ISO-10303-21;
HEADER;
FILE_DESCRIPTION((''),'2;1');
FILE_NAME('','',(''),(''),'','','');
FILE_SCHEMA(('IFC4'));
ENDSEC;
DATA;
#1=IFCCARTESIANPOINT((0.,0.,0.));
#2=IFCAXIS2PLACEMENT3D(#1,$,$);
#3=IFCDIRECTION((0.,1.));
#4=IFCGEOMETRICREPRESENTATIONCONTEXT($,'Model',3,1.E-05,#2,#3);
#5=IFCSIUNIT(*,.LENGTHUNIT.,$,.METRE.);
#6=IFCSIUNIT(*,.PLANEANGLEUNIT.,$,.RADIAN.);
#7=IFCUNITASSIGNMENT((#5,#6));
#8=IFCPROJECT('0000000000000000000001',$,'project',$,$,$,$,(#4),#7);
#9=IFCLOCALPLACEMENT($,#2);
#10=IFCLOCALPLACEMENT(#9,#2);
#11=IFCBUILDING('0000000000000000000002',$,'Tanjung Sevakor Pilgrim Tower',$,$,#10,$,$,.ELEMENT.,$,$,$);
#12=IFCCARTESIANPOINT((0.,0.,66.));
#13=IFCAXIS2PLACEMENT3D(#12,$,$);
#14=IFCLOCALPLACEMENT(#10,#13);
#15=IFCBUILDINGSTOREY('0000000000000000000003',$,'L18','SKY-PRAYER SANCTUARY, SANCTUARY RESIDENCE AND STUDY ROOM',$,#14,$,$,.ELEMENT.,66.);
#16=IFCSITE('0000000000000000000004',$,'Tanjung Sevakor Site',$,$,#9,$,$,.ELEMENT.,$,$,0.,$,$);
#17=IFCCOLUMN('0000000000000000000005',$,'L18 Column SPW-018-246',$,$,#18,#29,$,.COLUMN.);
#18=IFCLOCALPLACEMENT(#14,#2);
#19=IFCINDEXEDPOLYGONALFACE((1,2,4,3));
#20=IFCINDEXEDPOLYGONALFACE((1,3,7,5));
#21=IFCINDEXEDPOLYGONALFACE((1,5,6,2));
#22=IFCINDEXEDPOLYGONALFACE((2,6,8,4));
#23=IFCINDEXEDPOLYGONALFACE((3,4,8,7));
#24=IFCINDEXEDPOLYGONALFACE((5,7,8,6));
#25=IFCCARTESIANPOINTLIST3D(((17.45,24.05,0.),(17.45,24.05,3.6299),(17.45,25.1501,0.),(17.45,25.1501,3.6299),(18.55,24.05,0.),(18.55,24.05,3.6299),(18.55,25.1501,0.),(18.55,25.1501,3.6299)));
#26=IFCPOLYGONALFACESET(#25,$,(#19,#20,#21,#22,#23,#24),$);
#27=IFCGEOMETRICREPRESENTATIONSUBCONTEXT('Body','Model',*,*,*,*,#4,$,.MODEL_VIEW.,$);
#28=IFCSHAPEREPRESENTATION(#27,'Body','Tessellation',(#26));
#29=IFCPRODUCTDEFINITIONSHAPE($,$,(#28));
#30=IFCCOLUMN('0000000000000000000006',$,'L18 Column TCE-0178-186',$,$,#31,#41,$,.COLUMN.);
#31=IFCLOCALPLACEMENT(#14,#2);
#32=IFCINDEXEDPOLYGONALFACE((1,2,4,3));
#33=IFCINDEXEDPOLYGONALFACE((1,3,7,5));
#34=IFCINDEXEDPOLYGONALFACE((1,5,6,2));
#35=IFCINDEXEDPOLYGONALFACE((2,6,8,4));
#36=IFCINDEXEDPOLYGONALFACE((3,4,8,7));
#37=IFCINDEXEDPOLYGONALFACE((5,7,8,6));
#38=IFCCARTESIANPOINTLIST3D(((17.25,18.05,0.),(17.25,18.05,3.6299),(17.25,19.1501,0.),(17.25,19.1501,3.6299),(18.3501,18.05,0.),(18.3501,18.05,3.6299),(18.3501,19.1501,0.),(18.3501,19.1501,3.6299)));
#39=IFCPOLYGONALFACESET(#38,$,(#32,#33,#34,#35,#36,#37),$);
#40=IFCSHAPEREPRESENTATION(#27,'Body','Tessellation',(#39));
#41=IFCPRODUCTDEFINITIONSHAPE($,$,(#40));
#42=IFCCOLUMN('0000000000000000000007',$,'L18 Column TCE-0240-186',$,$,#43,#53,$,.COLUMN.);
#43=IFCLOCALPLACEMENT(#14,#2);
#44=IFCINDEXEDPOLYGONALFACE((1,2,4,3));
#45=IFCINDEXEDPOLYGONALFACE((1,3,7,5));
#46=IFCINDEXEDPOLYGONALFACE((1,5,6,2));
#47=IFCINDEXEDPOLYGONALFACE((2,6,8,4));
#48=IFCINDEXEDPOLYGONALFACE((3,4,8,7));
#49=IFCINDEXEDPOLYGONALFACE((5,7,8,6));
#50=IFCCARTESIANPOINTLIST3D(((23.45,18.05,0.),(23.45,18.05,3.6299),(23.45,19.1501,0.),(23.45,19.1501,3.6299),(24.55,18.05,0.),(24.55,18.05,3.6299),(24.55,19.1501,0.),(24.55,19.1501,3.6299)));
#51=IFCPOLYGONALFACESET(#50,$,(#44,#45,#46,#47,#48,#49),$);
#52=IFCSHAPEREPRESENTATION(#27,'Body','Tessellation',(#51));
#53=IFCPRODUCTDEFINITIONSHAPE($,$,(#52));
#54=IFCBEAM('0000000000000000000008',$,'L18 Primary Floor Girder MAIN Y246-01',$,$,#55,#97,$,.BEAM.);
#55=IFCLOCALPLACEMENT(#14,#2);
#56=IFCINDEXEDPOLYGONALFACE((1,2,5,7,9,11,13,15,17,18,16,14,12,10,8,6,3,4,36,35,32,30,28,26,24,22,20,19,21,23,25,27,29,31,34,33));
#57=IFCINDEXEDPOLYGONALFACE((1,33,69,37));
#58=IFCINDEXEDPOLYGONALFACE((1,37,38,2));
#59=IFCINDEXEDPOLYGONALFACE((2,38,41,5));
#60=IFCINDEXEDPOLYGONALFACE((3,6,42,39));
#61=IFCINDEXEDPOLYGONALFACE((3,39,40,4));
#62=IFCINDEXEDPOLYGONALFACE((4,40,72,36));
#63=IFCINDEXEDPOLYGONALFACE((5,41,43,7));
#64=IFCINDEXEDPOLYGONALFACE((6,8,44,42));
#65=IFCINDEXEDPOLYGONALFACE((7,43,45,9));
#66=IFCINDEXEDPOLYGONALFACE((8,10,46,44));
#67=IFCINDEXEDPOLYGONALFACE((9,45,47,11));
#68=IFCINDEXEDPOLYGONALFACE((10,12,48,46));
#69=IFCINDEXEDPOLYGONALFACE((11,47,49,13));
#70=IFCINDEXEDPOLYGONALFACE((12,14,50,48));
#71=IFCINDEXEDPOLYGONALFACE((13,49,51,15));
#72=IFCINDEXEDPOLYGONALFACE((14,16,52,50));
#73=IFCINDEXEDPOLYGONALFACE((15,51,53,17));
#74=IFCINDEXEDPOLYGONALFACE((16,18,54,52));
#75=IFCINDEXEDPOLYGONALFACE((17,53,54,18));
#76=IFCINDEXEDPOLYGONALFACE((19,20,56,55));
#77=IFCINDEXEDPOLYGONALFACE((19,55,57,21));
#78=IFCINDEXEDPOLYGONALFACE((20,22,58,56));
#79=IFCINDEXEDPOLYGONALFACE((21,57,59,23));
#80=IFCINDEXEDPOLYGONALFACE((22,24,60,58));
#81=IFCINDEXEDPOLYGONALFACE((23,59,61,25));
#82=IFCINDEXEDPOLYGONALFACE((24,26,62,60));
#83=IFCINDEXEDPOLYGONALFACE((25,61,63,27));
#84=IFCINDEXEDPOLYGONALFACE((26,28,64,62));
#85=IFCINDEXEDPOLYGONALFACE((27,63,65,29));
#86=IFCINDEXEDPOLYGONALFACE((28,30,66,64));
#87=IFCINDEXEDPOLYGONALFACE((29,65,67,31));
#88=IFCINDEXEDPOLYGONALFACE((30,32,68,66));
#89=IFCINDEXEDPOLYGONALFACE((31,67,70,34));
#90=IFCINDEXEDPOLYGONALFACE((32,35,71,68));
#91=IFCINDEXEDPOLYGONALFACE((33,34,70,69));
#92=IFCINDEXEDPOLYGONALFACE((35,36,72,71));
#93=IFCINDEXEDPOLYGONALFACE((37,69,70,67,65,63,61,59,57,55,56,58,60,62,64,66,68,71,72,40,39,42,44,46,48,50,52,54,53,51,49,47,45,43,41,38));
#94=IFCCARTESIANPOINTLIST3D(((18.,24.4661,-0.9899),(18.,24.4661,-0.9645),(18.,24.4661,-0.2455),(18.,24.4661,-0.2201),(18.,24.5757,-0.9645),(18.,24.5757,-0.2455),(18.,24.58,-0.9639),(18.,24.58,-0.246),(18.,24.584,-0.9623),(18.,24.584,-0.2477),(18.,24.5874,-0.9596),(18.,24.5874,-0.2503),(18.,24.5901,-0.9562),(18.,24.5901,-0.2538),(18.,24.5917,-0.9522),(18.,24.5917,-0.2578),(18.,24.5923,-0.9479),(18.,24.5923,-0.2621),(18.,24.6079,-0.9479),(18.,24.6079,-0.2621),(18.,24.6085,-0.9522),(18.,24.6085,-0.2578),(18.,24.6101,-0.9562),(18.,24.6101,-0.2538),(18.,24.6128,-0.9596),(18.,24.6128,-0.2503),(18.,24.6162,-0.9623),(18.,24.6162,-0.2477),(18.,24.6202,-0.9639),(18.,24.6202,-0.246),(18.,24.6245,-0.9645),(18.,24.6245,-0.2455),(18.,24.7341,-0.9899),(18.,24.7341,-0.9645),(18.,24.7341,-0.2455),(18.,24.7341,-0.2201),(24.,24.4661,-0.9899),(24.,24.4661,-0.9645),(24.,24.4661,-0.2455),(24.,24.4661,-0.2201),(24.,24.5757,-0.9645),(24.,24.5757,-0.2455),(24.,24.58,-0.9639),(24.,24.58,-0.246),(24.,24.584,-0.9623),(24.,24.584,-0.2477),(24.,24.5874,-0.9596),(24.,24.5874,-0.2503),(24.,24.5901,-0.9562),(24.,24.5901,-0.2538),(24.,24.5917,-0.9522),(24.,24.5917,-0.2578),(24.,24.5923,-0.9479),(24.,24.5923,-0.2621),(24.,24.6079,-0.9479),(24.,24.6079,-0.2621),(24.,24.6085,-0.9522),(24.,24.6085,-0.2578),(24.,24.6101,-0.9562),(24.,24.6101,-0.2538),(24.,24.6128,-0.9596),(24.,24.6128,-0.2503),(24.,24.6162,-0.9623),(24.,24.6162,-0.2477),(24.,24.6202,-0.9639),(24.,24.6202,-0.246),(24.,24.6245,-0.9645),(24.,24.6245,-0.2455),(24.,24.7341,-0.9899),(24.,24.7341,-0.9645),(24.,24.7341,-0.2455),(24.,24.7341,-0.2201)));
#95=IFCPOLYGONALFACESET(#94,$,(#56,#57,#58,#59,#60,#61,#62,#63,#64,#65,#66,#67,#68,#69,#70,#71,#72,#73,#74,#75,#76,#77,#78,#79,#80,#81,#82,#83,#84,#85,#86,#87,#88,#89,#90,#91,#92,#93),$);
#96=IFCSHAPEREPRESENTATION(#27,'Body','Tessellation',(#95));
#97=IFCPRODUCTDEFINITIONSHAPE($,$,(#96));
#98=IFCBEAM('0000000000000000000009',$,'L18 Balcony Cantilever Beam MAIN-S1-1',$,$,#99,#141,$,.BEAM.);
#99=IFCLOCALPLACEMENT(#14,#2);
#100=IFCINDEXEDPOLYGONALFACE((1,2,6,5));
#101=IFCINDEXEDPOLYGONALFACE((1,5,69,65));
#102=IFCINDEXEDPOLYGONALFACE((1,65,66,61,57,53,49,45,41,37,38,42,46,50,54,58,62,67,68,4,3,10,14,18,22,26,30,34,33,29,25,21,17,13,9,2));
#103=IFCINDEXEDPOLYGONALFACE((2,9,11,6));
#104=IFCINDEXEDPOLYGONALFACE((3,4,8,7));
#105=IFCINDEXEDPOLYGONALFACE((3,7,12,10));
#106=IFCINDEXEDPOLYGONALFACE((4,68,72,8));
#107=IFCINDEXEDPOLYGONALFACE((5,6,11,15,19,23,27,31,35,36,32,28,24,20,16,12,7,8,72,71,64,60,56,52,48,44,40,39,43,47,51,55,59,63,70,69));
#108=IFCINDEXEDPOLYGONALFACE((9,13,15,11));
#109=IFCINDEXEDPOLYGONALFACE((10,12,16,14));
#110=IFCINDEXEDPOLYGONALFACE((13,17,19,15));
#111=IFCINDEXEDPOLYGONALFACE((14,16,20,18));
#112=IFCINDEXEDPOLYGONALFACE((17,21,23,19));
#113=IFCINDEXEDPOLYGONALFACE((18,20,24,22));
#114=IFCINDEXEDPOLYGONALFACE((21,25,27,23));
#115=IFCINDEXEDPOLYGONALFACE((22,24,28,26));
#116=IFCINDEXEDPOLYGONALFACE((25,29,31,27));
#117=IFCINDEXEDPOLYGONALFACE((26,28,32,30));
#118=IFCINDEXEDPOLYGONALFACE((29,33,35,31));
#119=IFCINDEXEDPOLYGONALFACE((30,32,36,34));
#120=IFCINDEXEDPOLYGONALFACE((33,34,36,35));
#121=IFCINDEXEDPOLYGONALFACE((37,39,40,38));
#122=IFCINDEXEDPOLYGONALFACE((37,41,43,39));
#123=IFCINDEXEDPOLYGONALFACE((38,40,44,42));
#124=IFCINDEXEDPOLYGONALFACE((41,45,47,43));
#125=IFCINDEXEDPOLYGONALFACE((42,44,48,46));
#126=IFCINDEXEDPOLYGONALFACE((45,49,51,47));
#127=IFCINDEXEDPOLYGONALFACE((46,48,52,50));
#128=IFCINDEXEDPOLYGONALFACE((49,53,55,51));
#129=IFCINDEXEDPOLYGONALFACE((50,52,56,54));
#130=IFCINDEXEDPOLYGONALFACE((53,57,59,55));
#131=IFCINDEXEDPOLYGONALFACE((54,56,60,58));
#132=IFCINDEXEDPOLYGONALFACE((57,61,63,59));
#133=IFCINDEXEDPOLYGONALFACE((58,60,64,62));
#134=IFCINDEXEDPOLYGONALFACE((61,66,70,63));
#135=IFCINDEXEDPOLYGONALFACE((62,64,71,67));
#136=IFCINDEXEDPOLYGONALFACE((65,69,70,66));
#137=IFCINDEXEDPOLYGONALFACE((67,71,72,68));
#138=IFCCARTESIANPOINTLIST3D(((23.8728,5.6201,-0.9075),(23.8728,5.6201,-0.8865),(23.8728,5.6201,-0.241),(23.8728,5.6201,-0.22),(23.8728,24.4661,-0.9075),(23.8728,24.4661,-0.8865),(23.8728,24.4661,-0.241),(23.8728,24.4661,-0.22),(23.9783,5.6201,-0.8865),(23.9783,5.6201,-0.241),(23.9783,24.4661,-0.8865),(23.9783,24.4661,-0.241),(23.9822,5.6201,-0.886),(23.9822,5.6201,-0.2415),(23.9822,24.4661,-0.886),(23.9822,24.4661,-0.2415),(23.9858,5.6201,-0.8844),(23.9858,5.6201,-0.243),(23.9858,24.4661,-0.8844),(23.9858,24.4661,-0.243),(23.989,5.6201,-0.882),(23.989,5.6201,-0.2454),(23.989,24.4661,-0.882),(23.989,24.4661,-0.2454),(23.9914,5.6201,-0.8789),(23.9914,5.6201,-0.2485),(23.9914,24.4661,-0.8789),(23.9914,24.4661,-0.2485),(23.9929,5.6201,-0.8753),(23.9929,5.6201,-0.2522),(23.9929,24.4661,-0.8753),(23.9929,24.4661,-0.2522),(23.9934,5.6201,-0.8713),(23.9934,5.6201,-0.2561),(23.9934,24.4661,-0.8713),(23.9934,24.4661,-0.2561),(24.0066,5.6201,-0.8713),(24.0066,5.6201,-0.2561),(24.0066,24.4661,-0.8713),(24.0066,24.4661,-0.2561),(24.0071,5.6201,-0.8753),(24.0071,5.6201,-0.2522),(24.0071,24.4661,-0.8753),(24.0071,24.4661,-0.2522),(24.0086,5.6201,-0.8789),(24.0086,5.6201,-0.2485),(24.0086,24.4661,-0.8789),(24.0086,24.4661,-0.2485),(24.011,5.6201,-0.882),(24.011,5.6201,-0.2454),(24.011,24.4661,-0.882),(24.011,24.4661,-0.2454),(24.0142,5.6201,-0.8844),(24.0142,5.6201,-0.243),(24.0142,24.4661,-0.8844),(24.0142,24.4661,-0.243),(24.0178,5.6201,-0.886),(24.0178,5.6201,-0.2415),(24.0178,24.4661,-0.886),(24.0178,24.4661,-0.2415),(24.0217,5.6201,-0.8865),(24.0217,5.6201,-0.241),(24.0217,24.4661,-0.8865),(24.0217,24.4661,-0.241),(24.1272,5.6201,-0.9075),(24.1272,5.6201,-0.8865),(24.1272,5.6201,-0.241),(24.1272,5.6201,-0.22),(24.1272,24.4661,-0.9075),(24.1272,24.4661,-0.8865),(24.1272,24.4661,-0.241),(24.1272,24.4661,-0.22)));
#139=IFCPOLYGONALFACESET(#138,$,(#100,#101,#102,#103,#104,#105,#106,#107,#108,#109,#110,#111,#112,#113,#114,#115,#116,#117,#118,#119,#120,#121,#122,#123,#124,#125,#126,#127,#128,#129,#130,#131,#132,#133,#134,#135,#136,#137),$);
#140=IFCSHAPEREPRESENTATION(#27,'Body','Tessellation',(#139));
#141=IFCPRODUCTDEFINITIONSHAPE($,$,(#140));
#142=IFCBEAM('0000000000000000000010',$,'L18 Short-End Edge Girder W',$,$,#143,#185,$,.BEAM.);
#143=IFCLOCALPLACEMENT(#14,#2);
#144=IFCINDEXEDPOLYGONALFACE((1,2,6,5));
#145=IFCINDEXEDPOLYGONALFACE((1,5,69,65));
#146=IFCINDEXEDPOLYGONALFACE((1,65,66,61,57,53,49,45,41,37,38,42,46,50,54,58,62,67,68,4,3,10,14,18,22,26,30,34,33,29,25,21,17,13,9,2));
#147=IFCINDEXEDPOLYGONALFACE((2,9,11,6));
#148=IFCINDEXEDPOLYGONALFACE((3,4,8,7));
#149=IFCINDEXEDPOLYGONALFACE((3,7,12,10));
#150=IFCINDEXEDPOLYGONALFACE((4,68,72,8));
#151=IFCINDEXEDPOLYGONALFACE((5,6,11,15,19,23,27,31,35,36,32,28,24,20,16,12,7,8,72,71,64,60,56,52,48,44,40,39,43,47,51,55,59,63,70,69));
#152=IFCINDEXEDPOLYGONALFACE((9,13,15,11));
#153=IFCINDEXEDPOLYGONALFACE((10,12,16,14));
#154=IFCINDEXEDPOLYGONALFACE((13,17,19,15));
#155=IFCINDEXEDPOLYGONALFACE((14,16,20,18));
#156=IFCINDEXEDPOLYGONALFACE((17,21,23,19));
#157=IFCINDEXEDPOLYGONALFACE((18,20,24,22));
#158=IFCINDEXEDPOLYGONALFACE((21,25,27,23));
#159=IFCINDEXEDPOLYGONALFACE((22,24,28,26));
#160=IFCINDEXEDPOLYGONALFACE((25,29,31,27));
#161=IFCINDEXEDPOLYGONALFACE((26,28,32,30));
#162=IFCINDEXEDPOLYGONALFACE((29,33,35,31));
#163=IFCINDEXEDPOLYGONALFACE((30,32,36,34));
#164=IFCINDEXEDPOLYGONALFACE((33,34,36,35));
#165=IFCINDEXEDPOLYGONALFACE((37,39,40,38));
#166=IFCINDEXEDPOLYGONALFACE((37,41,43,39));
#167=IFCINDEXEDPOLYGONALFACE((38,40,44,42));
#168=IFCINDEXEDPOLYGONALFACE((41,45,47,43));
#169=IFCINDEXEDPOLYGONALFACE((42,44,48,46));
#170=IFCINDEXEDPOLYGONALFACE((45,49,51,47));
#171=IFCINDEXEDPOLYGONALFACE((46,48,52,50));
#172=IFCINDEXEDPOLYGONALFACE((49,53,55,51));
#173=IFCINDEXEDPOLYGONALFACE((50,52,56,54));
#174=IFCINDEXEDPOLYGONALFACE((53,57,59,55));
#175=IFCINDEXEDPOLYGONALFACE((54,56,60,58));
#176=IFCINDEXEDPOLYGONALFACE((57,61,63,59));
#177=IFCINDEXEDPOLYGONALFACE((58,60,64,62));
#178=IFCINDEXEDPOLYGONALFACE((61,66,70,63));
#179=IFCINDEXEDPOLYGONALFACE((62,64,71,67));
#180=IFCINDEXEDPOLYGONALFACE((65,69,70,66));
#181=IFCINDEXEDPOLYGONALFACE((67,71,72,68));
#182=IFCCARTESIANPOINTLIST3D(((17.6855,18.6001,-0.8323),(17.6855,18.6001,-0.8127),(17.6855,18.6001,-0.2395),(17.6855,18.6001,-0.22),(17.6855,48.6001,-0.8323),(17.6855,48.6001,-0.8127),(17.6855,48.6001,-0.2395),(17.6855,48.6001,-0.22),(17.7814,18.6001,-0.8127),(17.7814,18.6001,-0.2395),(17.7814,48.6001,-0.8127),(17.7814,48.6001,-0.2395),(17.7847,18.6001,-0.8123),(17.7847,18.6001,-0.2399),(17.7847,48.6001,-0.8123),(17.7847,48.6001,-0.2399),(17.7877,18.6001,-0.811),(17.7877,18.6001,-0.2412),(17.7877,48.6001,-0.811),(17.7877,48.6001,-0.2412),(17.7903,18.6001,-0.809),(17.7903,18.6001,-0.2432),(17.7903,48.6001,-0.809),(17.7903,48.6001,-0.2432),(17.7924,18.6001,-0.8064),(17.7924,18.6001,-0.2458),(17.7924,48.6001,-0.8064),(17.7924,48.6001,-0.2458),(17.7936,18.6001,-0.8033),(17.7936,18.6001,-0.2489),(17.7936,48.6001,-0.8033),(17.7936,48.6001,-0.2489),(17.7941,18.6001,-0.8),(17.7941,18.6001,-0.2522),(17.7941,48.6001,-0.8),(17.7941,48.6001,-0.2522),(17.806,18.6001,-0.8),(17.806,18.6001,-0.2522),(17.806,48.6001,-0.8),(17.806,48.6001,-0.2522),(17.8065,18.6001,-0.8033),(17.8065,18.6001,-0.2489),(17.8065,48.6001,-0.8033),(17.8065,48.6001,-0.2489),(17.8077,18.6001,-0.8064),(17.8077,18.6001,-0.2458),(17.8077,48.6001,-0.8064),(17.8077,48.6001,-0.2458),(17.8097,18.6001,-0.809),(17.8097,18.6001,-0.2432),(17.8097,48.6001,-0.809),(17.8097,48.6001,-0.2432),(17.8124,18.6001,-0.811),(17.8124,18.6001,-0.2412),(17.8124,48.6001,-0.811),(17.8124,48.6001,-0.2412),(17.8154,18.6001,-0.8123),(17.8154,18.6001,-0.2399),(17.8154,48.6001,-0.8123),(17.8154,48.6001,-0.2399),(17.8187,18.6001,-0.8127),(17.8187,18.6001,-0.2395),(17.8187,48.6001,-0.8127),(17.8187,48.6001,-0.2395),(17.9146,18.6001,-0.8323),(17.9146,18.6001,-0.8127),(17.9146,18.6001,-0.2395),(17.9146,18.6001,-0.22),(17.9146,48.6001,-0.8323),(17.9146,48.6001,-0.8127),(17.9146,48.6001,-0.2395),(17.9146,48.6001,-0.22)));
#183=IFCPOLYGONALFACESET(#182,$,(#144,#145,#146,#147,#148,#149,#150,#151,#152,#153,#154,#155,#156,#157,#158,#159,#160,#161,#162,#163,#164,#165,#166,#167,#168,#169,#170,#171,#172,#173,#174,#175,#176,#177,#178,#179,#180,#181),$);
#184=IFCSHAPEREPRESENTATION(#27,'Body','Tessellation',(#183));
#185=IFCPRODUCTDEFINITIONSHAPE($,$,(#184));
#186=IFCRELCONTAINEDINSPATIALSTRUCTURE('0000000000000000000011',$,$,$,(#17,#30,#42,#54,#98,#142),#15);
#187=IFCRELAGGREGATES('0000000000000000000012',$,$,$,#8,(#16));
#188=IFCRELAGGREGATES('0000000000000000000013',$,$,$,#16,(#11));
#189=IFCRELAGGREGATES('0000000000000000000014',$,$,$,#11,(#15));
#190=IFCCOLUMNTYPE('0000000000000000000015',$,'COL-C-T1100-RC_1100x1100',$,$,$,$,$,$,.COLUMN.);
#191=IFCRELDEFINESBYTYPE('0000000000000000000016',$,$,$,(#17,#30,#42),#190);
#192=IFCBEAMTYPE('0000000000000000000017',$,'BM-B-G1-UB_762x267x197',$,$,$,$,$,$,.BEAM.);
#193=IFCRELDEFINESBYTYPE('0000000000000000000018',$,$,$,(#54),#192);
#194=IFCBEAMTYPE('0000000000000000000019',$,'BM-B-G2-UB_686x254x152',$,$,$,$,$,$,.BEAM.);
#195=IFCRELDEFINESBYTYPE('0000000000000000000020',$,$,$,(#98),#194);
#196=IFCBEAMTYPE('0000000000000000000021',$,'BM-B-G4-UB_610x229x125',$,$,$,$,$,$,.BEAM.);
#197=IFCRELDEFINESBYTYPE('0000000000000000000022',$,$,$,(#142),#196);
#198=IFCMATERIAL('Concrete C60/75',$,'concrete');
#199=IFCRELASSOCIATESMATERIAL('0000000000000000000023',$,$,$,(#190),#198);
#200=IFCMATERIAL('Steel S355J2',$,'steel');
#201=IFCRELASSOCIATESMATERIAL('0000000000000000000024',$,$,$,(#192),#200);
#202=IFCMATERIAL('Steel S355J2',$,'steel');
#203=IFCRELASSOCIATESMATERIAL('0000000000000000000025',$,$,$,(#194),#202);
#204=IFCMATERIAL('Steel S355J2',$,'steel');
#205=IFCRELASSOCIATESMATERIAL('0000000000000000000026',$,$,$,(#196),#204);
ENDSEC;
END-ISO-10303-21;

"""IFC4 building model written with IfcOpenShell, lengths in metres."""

from ifc_helpers import new_model, si_unit, direction, frame, origin, origin_2d, place, context, subcontext, project, spatial, rectangle, i_section, extrude, material, material_profile, profile_set, type_object, element, save


model = new_model("IFC4")

# Units and contexts
model_context = context("Model", 3, precision=1e-05, world=origin(), true_north=direction((0.0, 1.0)))
body_context = subcontext(model_context, "Body", "Model", "MODEL_VIEW")
ifc_project = project(units=[si_unit("LENGTHUNIT", "METRE"), si_unit("PLANEANGLEUNIT", "RADIAN")], contexts=[model_context])

# Site, building, storey
site_placement = place(None, origin())
site = spatial("IfcSite", under=ifc_project, at=site_placement, Name="Tanjung Sevakor Site", CompositionType="ELEMENT", RefElevation=0.0)
building_placement = place(site_placement, origin())
building = spatial("IfcBuilding", under=site, at=building_placement, Name="Tanjung Sevakor Pilgrim Tower", CompositionType="ELEMENT")
storey_placement = place(building_placement, frame((0.0, 0.0, 66.0)))
storey = spatial("IfcBuildingStorey", under=building, at=storey_placement, Name="L18", Description="SKY-PRAYER SANCTUARY, SANCTUARY RESIDENCE AND STUDY ROOM", CompositionType="ELEMENT", Elevation=66.0)

# Columns
ifc_material_1 = material(Name="Concrete C60/75", Category="concrete")
ifc_material_profile_1 = material_profile(ifc_material_1, rectangle(XDim=1.1001, YDim=1.1001, at=origin_2d()))
ifc_profile_set_1 = profile_set([ifc_material_profile_1], Name="Concrete C60/75")
column_type = type_object("IfcColumnType", Name="COL-C-T1100-RC_1100x1100", PredefinedType="COLUMN", material=ifc_profile_set_1)
for number, where, z_axis, x_axis, name in (
    (1, (18.0, 24.6001, 0.0), (0.0, 0.0, 1.0), (1.0, 0.0, 0.0), "L18 Column SPW-018-246"),
    (2, (17.8, 18.6001, 0.0), (0.0, 0.0, 1.0), (1.0, 0.0, 0.0), "L18 Column TCE-0178-186"),
    (3, (24.0, 18.6001, 0.0), (0.0, 0.0, 1.0), (1.0, 0.0, 0.0), "L18 Column TCE-0240-186"),
):
    element("IfcColumn", number, at=place(storey_placement, frame(where, z_axis=z_axis, x_axis=x_axis)), inside=storey, type_object=column_type, Name=name, PredefinedType="COLUMN", context=body_context, shape_type="SweptSolid", body=[
        extrude(rectangle(XDim=1.1001, YDim=1.1001, at=origin_2d()), origin(), (0.0, 0.0, 1.0), 3.6299),
    ])

# Beams
ifc_material_2 = material(Name="Steel S355J2", Category="steel")
ifc_material_profile_2 = material_profile(ifc_material_2, i_section(OverallWidth=0.2681, OverallDepth=0.7698, WebThickness=0.0156, FlangeThickness=0.0254, FilletRadius=0.0166, at=origin_2d()))
ifc_profile_set_2 = profile_set([ifc_material_profile_2], Name="Steel S355J2")
beam_type_1 = type_object("IfcBeamType", Name="BM-B-G1-UB_762x267x197", PredefinedType="BEAM", material=ifc_profile_set_2)
beam_1_placement = place(storey_placement, frame((18.0, 24.6001, -0.605), z_axis=(1.0, 0.0, 0.0), x_axis=(0.0, 1.0, 0.0)))
element("IfcBeam", 4, at=beam_1_placement, inside=storey, type_object=beam_type_1, Name="L18 Primary Floor Girder MAIN Y246-01", PredefinedType="BEAM", context=body_context, shape_type="SweptSolid", body=[
    extrude(i_section(OverallWidth=0.2681, OverallDepth=0.7698, WebThickness=0.0156, FlangeThickness=0.0254, FilletRadius=0.0166, at=origin_2d()), origin(), (0.0, 0.0, 1.0), 6.0),
])
ifc_material_3 = material(Name="Steel S355J2", Category="steel")
ifc_material_profile_3 = material_profile(ifc_material_3, i_section(OverallWidth=0.2544, OverallDepth=0.6875, WebThickness=0.0132, FlangeThickness=0.021, FilletRadius=0.0151, at=origin_2d()))
ifc_profile_set_3 = profile_set([ifc_material_profile_3], Name="Steel S355J2")
beam_type_2 = type_object("IfcBeamType", Name="BM-B-G2-UB_686x254x152", PredefinedType="BEAM", material=ifc_profile_set_3)
beam_2_placement = place(storey_placement, frame((24.0, 24.4661, -0.5637), z_axis=(0.0, -1.0, 0.0), x_axis=(1.0, 0.0, 0.0)))
element("IfcBeam", 5, at=beam_2_placement, inside=storey, type_object=beam_type_2, Name="L18 Balcony Cantilever Beam MAIN-S1-1", PredefinedType="BEAM", context=body_context, shape_type="SweptSolid", body=[
    extrude(i_section(OverallWidth=0.2544, OverallDepth=0.6875, WebThickness=0.0132, FlangeThickness=0.021, FilletRadius=0.0151, at=origin_2d()), origin(), (0.0, 0.0, 1.0), 18.8459),
])
ifc_material_4 = material(Name="Steel S355J2", Category="steel")
ifc_material_profile_4 = material_profile(ifc_material_4, i_section(OverallWidth=0.229, OverallDepth=0.6123, WebThickness=0.012, FlangeThickness=0.0195, FilletRadius=0.0127, at=origin_2d()))
ifc_profile_set_4 = profile_set([ifc_material_profile_4], Name="Steel S355J2")
beam_type_3 = type_object("IfcBeamType", Name="BM-B-G4-UB_610x229x125", PredefinedType="BEAM", material=ifc_profile_set_4)
beam_3_placement = place(storey_placement, frame((17.8, 18.6001, -0.5261), z_axis=(0.0, 1.0, 0.0), x_axis=(-1.0, 0.0, 0.0)))
element("IfcBeam", 6, at=beam_3_placement, inside=storey, type_object=beam_type_3, Name="L18 Short-End Edge Girder W", PredefinedType="BEAM", context=body_context, shape_type="SweptSolid", body=[
    extrude(i_section(OverallWidth=0.229, OverallDepth=0.6123, WebThickness=0.012, FlangeThickness=0.0195, FilletRadius=0.0127, at=origin_2d()), origin(), (0.0, 0.0, 1.0), 30.0),
])

save(model, "model.ifc")
